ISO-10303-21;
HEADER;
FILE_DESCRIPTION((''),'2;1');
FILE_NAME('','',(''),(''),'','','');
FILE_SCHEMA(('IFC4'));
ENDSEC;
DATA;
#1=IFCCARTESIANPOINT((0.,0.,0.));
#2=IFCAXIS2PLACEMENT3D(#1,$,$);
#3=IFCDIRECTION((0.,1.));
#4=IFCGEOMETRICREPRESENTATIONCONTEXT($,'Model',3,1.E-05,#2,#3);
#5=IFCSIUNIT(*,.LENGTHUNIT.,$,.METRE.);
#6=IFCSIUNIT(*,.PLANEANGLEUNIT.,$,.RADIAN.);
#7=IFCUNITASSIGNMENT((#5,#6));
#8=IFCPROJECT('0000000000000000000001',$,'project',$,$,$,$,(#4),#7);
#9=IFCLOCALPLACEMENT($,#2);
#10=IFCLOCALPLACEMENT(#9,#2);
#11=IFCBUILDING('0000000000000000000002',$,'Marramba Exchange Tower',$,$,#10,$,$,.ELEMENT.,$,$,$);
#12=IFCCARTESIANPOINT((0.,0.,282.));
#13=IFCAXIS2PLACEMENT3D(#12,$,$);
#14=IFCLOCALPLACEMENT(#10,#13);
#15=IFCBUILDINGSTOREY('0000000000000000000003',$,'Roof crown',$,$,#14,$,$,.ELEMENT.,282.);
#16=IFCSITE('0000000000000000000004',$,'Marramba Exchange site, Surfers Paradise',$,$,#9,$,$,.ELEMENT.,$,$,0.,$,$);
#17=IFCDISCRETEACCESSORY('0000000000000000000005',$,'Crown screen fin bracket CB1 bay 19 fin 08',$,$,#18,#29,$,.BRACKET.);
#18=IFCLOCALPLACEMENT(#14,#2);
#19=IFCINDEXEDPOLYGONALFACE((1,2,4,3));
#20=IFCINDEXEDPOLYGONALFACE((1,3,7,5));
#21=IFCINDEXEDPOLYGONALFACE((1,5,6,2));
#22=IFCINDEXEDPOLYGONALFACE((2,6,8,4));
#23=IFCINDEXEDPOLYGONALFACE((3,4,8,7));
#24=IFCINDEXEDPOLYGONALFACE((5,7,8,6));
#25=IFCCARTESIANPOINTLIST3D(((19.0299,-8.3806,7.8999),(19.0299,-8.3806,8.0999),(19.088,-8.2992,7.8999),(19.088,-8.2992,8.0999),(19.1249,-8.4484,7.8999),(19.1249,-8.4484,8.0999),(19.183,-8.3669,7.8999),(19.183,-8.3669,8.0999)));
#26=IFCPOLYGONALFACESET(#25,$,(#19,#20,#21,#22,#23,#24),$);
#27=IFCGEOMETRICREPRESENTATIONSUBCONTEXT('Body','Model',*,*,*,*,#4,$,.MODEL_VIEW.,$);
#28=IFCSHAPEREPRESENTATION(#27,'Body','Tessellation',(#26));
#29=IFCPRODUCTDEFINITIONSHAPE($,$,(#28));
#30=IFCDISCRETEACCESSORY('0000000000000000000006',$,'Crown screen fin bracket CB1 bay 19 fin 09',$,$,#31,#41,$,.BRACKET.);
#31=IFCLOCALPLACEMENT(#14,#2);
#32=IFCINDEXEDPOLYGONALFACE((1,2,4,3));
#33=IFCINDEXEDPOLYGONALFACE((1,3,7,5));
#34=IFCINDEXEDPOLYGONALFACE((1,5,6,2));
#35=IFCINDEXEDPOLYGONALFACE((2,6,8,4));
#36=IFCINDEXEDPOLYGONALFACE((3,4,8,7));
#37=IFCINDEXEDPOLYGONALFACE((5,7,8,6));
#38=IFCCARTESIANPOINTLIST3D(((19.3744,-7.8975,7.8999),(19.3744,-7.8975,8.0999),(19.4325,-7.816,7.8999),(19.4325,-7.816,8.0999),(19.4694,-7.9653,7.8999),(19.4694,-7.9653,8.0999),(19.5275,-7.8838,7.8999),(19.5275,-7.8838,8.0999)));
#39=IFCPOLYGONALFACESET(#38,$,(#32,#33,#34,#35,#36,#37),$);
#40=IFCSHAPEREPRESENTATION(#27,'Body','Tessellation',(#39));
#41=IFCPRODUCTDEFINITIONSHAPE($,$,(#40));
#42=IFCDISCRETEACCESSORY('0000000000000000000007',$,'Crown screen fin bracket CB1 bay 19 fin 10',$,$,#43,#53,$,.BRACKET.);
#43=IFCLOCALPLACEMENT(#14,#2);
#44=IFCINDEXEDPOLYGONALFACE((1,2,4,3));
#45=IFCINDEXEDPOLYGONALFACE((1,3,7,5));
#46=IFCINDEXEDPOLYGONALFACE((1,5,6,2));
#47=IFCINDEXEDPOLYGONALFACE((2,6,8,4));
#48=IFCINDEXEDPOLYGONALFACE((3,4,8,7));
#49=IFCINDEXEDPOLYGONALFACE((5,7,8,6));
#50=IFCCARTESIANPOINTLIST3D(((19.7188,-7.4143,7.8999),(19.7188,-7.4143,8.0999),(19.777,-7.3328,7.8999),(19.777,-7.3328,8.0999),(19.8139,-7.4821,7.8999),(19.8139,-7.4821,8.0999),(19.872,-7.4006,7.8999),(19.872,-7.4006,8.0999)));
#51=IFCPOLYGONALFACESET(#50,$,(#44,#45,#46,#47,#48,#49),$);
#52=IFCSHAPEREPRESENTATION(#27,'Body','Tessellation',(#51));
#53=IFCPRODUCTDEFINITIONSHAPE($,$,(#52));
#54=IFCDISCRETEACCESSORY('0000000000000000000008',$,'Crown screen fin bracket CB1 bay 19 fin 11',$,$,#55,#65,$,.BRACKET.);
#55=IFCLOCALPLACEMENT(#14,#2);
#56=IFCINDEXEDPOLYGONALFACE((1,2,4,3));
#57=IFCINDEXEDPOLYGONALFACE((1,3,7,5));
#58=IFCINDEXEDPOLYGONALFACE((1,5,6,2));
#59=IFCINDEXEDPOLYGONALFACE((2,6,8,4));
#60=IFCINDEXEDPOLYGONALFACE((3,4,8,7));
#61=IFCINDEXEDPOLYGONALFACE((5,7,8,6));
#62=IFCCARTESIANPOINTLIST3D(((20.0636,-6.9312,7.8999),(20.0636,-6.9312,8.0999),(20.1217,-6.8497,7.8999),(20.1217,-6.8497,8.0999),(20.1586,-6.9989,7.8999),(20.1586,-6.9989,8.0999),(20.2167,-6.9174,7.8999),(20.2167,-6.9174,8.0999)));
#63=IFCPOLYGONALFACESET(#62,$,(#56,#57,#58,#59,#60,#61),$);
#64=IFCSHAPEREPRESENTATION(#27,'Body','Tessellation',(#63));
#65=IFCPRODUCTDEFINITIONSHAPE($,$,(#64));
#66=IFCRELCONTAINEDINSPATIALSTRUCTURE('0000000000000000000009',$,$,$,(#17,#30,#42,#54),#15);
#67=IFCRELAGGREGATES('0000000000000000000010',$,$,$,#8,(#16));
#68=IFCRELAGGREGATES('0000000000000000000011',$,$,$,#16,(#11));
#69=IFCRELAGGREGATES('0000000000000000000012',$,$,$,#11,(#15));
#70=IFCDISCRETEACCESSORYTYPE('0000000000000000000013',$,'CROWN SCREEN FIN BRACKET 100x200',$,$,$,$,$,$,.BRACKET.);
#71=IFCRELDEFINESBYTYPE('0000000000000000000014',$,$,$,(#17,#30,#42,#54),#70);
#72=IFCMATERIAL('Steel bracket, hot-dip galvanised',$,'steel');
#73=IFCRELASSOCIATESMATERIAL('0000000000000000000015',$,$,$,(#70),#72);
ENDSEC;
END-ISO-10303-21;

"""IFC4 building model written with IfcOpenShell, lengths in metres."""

from ifc_helpers import new_model, si_unit, direction, frame, origin, origin_2d, place, context, subcontext, project, spatial, rectangle, extrude, material, type_object, element, save


model = new_model("IFC4")

# Units and contexts
model_context = context("Model", 3, precision=1e-05, world=origin(), true_north=direction((0.0, 1.0)))
body_context = subcontext(model_context, "Body", "Model", "MODEL_VIEW")
ifc_project = project(units=[si_unit("LENGTHUNIT", "METRE"), si_unit("PLANEANGLEUNIT", "RADIAN")], contexts=[model_context])

# Site, building, storey
site_placement = place(None, origin())
site = spatial("IfcSite", under=ifc_project, at=site_placement, Name="Marramba Exchange site, Surfers Paradise", CompositionType="ELEMENT", RefElevation=0.0)
building_placement = place(site_placement, origin())
building = spatial("IfcBuilding", under=site, at=building_placement, Name="Marramba Exchange Tower", CompositionType="ELEMENT")
storey_placement = place(building_placement, frame((0.0, 0.0, 282.0)))
storey = spatial("IfcBuildingStorey", under=building, at=storey_placement, Name="Roof crown", CompositionType="ELEMENT", Elevation=282.0)

# Discrete accessories
ifc_material_1 = material(Name="Steel bracket, hot-dip galvanised", Category="steel")
discrete_accessory_type_1 = type_object("IfcDiscreteAccessoryType", Name="CROWN SCREEN FIN BRACKET 100x200", PredefinedType="BRACKET", material=ifc_material_1)
for number, where, z_axis, x_axis, name in (
    (1, (19.1064, -8.3738, 7.8999), (0.0, 0.0, 1.0), (0.58064, 0.81416, 0.0), "Crown screen fin bracket CB1 bay 19 fin 08"),
    (2, (19.4509, -7.8906, 7.8999), (0.0, 0.0, 1.0), (0.58064, 0.81416, 0.0), "Crown screen fin bracket CB1 bay 19 fin 09"),
    (3, (19.7954, -7.4075, 7.8999), (0.0, 0.0, 1.0), (0.58064, 0.81416, 0.0), "Crown screen fin bracket CB1 bay 19 fin 10"),
    (4, (20.1401, -6.9243, 7.8999), (0.0, 0.0, 1.0), (0.58064, 0.81416, 0.0), "Crown screen fin bracket CB1 bay 19 fin 11"),
):
    element("IfcDiscreteAccessory", number, at=place(storey_placement, frame(where, z_axis=z_axis, x_axis=x_axis)), inside=storey, type_object=discrete_accessory_type_1, Name=name, PredefinedType="BRACKET", context=body_context, shape_type="SweptSolid", body=[
        extrude(rectangle(XDim=0.1001, YDim=0.1167, at=origin_2d()), origin(), (0.0, 0.0, 1.0), 0.2),
    ])

save(model, "model.ifc")
